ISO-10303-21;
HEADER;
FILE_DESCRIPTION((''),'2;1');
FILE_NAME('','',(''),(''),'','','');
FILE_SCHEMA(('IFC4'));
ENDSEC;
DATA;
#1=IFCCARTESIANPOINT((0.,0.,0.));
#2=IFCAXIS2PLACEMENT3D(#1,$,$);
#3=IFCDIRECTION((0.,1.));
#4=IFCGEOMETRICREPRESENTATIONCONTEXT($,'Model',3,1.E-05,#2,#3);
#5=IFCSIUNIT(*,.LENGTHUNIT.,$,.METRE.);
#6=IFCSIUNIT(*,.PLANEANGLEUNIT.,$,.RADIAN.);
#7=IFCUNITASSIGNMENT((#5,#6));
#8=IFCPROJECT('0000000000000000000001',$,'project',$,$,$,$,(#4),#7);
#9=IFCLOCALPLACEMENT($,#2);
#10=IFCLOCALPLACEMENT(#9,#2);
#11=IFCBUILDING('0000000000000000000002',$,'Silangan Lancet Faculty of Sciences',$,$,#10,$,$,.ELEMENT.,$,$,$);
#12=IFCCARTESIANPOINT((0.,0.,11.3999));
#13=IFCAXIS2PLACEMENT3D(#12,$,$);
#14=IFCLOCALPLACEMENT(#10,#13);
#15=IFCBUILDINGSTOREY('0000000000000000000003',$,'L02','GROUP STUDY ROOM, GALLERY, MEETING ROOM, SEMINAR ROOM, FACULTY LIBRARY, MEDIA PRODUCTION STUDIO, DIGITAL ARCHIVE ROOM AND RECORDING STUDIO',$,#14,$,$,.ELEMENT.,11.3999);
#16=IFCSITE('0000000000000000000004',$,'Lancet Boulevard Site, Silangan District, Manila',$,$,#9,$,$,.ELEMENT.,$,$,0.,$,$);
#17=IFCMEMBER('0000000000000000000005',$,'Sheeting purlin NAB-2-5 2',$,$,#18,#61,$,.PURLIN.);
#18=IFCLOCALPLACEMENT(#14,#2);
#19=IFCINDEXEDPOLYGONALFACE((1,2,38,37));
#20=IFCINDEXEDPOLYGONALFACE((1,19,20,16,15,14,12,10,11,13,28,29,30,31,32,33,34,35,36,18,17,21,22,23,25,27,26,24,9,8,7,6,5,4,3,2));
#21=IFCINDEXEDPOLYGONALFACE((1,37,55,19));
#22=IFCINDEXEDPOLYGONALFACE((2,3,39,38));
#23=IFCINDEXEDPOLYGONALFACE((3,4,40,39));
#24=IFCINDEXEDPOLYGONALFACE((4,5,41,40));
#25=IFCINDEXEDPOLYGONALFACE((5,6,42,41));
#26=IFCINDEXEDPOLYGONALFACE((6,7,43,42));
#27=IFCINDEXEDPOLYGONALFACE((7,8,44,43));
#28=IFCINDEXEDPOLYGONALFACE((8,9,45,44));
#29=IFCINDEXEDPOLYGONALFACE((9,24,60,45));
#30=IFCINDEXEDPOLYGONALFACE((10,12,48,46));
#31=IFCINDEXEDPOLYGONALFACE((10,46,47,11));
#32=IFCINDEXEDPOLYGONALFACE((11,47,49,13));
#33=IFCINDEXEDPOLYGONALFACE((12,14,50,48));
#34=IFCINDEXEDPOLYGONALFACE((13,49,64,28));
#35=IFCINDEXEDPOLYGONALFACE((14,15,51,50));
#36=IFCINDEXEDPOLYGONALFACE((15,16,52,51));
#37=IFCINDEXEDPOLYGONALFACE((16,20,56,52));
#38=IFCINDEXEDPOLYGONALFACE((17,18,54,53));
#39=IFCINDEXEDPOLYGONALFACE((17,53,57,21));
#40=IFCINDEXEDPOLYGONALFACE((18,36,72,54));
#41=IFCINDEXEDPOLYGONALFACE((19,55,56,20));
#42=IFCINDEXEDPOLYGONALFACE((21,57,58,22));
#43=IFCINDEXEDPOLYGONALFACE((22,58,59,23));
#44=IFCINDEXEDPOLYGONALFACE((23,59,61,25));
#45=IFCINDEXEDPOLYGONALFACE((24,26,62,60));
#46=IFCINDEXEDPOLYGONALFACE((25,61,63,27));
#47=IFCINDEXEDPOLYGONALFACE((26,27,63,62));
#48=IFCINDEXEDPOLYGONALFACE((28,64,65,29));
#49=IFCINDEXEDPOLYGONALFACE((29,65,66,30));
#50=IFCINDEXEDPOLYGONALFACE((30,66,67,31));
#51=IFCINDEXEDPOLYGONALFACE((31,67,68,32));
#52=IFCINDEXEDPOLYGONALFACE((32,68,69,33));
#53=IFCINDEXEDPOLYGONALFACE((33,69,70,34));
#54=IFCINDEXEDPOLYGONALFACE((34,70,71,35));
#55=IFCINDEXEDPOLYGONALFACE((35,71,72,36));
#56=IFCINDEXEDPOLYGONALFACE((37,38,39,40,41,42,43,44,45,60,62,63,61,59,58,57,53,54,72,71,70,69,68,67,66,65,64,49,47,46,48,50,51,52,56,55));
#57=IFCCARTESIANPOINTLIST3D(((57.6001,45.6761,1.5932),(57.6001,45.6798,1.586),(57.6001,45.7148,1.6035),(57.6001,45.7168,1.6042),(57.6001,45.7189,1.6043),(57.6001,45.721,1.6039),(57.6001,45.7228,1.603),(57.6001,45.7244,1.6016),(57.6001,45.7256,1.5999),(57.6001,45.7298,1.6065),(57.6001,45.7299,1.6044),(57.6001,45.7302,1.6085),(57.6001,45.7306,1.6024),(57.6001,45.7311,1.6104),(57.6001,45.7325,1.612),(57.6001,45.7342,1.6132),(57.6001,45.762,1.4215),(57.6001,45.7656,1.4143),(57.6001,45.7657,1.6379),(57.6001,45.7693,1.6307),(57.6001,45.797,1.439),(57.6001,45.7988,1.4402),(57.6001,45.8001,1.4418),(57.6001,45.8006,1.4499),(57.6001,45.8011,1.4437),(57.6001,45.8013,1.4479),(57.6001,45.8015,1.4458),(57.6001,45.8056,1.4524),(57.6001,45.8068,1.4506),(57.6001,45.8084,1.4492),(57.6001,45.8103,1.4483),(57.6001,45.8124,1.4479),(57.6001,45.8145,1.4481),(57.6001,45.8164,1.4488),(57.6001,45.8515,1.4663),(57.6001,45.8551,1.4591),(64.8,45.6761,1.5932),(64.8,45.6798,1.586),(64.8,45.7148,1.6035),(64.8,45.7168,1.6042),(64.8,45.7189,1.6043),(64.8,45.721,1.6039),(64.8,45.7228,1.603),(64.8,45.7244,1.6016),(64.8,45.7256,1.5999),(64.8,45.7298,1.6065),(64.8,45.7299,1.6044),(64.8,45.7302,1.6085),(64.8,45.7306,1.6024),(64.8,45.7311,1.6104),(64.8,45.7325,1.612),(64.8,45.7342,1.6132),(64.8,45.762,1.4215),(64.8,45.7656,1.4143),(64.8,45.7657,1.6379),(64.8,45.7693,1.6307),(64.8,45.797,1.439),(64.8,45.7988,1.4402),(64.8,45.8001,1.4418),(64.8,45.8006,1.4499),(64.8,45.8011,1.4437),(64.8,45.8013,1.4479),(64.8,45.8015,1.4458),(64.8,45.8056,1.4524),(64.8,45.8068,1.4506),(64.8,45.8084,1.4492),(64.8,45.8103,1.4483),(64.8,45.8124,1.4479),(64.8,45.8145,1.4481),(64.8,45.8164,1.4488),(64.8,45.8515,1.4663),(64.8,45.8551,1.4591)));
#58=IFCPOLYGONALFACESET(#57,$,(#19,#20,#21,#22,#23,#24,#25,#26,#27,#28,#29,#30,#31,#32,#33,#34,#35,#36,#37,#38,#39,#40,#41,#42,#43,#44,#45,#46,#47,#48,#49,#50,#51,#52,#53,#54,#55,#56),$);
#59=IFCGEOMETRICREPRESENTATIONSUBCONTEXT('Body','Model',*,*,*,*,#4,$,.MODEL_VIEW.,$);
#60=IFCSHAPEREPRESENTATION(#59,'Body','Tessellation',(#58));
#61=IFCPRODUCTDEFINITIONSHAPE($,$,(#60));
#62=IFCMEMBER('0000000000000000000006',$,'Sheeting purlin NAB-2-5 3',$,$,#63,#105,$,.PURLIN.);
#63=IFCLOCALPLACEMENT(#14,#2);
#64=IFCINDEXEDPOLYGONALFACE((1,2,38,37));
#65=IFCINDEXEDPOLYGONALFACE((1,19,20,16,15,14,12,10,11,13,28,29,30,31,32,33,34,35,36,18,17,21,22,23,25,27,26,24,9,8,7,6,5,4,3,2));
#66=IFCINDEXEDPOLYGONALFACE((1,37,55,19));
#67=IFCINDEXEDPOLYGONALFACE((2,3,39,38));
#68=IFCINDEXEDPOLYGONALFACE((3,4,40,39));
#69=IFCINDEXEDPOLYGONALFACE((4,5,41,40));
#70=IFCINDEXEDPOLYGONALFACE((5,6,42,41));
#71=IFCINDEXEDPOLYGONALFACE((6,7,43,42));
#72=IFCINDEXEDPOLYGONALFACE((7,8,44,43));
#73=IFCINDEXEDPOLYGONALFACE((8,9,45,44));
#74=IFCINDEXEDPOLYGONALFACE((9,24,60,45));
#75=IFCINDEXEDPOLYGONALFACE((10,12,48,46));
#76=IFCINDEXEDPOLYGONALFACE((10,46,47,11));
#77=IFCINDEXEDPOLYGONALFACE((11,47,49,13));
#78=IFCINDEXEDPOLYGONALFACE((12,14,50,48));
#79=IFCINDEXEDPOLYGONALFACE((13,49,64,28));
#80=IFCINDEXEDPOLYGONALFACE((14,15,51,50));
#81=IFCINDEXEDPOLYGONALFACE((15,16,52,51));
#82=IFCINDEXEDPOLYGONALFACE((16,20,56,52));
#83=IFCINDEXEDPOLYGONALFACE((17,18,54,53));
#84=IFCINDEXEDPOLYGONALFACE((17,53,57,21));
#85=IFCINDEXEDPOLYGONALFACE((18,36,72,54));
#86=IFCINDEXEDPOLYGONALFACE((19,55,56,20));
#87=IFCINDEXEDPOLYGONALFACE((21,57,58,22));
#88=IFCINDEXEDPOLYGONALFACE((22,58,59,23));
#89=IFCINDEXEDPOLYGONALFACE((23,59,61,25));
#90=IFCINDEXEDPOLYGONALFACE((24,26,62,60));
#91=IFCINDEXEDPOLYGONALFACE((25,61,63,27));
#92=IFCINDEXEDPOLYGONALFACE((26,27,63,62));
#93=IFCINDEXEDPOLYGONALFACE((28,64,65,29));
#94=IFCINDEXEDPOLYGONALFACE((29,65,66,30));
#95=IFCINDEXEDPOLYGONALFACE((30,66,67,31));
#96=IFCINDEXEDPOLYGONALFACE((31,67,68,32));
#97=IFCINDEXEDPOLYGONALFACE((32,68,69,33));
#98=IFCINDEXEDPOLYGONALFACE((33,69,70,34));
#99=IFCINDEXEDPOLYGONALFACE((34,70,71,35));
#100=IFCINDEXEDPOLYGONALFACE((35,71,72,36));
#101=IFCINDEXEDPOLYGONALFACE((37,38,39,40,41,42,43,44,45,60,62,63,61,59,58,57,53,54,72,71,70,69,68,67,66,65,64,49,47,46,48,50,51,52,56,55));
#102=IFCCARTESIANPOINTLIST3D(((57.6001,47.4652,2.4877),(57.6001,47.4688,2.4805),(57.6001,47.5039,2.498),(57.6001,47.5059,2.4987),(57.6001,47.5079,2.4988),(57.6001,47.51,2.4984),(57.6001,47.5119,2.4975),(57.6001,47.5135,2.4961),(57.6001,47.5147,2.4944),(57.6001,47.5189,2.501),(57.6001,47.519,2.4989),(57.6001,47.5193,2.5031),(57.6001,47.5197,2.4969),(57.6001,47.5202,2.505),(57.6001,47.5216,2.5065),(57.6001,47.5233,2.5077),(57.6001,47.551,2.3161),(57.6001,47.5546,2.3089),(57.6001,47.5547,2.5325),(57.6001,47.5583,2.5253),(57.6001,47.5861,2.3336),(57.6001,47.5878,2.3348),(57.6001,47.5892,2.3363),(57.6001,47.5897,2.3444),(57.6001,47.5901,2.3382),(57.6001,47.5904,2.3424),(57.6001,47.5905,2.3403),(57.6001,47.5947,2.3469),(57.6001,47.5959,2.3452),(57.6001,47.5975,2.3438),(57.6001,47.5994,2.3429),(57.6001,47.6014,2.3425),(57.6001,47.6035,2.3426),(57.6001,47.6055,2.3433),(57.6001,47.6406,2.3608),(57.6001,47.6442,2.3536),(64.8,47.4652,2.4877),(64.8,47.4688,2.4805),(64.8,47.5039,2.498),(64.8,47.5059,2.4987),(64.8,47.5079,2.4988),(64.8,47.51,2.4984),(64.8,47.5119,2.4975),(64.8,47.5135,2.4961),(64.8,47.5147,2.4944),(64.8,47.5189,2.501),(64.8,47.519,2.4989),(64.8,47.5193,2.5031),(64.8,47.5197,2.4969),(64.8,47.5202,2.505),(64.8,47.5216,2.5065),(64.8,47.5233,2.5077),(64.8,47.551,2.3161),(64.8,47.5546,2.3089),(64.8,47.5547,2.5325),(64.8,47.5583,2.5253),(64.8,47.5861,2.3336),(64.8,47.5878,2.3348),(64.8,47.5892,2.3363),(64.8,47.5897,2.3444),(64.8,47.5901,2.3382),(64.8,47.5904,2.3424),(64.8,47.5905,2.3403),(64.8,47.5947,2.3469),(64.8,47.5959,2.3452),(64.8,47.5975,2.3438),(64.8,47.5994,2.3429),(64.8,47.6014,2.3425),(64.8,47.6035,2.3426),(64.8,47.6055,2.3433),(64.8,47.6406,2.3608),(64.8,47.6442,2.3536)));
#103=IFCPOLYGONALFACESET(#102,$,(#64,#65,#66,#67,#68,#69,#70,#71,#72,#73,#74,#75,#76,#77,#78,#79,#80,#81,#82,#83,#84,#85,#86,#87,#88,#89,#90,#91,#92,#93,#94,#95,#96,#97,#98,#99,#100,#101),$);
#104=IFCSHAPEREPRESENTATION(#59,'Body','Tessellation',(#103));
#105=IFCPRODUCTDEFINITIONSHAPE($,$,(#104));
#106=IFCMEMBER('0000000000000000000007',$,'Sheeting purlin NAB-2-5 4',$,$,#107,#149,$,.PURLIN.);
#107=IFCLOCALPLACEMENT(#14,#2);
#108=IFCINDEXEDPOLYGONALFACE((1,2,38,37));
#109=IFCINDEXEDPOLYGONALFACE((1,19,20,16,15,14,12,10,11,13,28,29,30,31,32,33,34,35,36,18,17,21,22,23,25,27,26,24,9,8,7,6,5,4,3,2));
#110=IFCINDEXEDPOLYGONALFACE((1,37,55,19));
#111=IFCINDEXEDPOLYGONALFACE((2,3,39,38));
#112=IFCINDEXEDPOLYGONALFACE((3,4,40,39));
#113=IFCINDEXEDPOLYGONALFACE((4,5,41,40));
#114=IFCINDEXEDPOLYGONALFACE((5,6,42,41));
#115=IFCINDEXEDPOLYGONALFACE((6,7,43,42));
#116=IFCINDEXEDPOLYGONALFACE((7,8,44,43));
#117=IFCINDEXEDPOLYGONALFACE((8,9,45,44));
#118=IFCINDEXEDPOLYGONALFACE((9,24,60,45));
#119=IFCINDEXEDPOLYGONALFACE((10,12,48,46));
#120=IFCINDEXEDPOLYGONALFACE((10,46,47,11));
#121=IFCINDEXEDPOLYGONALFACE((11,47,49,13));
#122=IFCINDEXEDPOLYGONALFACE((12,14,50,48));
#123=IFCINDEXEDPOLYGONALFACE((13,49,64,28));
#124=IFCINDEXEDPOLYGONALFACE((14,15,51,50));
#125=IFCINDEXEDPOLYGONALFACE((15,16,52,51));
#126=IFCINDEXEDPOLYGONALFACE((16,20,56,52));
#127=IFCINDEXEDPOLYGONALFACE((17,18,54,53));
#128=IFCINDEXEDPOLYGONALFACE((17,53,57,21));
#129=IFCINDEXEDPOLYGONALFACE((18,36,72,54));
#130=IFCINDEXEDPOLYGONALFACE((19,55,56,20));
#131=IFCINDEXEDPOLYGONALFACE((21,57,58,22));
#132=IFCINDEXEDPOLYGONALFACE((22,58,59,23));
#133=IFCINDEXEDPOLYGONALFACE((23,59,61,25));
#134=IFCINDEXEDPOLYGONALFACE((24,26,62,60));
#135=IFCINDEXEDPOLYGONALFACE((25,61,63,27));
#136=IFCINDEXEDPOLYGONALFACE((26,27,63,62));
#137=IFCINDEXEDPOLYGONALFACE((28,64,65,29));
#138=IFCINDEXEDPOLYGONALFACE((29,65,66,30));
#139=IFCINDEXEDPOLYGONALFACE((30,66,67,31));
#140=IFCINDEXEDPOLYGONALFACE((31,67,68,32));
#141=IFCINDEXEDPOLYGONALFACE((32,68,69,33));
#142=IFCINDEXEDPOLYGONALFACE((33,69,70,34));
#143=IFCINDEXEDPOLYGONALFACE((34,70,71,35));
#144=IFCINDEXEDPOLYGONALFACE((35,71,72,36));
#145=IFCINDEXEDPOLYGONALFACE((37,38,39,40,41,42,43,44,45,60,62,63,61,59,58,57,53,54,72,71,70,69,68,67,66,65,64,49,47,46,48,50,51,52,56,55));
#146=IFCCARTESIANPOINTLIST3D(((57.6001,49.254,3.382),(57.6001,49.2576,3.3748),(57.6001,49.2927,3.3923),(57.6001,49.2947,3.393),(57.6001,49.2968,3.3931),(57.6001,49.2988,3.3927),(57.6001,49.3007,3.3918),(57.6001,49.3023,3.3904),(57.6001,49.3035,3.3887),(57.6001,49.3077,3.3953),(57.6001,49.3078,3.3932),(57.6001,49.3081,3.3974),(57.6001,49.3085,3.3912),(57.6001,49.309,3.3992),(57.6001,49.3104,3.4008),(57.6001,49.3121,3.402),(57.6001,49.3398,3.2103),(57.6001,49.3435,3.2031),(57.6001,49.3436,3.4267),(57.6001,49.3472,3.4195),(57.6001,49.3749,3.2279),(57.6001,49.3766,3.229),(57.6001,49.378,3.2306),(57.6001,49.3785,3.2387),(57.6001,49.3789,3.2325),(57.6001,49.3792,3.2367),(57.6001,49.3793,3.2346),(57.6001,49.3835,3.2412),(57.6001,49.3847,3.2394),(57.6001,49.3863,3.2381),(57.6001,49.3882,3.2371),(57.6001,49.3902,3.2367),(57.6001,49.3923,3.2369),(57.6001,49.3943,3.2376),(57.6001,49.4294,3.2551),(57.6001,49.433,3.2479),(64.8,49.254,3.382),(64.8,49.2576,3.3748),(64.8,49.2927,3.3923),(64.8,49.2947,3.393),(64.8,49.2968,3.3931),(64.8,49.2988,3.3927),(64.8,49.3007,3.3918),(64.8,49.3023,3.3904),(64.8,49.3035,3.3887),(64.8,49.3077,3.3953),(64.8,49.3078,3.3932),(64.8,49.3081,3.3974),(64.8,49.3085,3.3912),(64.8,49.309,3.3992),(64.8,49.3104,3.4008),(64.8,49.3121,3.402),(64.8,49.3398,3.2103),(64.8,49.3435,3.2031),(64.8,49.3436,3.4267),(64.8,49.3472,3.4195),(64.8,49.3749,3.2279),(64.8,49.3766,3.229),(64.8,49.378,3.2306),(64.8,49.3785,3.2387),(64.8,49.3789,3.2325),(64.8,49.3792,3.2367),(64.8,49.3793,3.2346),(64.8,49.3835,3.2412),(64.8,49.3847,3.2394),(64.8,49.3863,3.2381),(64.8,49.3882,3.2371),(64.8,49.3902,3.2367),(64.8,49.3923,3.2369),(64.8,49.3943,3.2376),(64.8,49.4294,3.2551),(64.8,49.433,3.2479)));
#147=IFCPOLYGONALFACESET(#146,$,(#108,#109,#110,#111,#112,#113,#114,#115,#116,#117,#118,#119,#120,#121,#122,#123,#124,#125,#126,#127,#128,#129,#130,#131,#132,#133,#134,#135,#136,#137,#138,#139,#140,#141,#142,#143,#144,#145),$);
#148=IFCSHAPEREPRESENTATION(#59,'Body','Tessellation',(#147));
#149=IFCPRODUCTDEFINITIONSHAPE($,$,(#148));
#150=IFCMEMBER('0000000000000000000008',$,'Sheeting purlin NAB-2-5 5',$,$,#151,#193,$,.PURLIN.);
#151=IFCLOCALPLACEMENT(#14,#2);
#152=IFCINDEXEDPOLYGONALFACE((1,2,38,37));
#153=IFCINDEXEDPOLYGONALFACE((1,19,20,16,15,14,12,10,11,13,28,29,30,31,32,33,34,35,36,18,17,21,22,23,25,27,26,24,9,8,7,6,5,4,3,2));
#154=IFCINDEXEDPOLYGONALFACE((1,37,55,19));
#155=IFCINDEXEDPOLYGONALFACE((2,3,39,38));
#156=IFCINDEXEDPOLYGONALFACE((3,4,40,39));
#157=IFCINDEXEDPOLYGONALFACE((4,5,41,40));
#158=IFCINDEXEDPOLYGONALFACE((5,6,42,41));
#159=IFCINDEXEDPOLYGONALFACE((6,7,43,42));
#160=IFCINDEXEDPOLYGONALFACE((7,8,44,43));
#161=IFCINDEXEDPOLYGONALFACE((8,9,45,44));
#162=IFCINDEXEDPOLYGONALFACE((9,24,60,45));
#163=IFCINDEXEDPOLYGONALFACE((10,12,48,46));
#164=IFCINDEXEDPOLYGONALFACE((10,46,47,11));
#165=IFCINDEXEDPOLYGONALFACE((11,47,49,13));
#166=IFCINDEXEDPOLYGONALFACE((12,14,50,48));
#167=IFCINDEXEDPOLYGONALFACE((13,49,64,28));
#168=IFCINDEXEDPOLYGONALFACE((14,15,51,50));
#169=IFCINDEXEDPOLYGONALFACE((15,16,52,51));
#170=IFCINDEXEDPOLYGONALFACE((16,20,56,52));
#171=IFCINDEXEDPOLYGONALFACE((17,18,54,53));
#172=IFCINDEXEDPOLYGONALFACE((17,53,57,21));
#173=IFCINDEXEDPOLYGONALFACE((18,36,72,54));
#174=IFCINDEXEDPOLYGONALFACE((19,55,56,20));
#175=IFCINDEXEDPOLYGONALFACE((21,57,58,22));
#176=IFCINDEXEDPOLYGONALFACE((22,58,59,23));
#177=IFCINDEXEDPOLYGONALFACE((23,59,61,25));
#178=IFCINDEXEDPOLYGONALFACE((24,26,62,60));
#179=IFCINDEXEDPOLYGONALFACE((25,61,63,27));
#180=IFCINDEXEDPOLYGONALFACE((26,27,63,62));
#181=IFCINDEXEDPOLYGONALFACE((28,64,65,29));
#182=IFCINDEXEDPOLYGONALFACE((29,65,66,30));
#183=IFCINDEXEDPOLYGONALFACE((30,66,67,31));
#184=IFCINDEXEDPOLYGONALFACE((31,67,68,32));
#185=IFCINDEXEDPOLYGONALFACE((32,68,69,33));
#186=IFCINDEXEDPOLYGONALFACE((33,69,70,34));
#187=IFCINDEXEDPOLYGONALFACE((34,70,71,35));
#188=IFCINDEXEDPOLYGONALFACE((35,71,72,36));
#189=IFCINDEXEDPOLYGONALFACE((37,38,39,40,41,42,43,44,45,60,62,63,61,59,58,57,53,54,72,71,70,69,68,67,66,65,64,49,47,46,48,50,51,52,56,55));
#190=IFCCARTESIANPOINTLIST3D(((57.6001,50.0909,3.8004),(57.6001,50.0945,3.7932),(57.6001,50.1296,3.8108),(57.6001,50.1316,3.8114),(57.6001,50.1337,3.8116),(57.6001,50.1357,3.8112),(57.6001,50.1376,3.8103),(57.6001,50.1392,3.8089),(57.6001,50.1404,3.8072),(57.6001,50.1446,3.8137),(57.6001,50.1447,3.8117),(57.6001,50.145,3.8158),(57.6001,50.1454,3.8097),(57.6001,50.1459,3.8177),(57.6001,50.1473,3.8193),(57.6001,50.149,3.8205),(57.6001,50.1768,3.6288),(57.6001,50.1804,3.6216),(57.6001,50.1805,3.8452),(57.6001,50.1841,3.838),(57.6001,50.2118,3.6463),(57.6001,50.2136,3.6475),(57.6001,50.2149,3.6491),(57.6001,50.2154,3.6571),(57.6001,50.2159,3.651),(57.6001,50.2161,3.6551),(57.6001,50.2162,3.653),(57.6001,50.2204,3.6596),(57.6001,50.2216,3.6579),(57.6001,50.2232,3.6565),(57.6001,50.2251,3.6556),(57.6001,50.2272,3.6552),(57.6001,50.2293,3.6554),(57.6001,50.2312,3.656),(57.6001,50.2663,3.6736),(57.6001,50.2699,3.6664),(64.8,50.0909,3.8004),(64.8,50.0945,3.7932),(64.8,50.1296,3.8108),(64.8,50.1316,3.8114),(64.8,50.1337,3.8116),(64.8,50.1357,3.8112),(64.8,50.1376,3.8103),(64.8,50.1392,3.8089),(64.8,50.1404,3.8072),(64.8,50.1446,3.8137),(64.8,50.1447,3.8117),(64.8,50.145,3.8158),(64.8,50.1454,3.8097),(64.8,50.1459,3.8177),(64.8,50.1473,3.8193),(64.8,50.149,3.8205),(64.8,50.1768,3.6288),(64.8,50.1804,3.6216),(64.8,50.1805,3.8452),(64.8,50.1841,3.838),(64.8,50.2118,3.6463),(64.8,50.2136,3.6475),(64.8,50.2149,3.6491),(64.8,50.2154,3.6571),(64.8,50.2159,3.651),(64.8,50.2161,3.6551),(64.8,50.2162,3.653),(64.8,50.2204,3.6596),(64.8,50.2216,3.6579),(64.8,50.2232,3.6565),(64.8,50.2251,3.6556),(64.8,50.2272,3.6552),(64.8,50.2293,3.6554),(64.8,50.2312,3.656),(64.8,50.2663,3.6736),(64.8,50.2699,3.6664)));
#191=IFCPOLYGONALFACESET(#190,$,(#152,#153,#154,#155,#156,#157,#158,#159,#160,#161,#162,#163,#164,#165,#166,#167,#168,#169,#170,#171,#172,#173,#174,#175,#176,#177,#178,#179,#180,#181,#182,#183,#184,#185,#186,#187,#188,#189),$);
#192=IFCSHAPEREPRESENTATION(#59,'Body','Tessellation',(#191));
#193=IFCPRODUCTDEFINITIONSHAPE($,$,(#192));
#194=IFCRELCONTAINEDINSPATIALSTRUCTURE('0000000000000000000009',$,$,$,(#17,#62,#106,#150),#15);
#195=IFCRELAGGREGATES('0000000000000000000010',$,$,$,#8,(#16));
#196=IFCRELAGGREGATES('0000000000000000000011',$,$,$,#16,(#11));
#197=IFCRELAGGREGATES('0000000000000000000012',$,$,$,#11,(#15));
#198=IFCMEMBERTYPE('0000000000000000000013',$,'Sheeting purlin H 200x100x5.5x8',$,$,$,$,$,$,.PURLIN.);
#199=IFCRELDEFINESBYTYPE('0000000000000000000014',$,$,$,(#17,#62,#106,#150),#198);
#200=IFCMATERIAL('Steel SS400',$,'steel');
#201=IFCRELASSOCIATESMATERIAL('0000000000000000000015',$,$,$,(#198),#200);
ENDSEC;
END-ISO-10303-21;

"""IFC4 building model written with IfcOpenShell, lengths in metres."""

from ifc_helpers import new_model, si_unit, direction, frame, origin, origin_2d, place, context, subcontext, project, spatial, i_section, extrude, material, material_profile, profile_set, type_object, element, save


model = new_model("IFC4")

# Units and contexts
model_context = context("Model", 3, precision=1e-05, world=origin(), true_north=direction((0.0, 1.0)))
body_context = subcontext(model_context, "Body", "Model", "MODEL_VIEW")
ifc_project = project(units=[si_unit("LENGTHUNIT", "METRE"), si_unit("PLANEANGLEUNIT", "RADIAN")], contexts=[model_context])

# Site, building, storey
site_placement = place(None, origin())
site = spatial("IfcSite", under=ifc_project, at=site_placement, Name="Lancet Boulevard Site, Silangan District, Manila", CompositionType="ELEMENT", RefElevation=0.0)
building_placement = place(site_placement, origin())
building = spatial("IfcBuilding", under=site, at=building_placement, Name="Silangan Lancet Faculty of Sciences", CompositionType="ELEMENT")
storey_placement = place(building_placement, frame((0.0, 0.0, 11.3999)))
storey = spatial("IfcBuildingStorey", under=building, at=storey_placement, Name="L02", Description="GROUP STUDY ROOM, GALLERY, MEETING ROOM, SEMINAR ROOM, FACULTY LIBRARY, MEDIA PRODUCTION STUDIO, DIGITAL ARCHIVE ROOM AND RECORDING STUDIO", CompositionType="ELEMENT", Elevation=11.3999)

# Members
ifc_material_1 = material(Name="Steel SS400", Category="steel")
ifc_material_profile_1 = material_profile(ifc_material_1, i_section(OverallWidth=0.1001, OverallDepth=0.2, WebThickness=0.0056, FlangeThickness=0.0081, FilletRadius=0.0081, at=origin_2d()), Name="H 200x100x5.5x8")
ifc_profile_set_1 = profile_set([ifc_material_profile_1], Name="Steel SS400")
member_type_1 = type_object("IfcMemberType", Name="Sheeting purlin H 200x100x5.5x8", PredefinedType="PURLIN", material=ifc_profile_set_1)
for number, where, z_axis, x_axis, name in (
    (1, (57.6001, 45.7656, 1.5261), (1.0, 0.0, 0.0), (0.0, 0.894427, 0.447214), "Sheeting purlin NAB-2-5 2"),
    (2, (57.6001, 47.5547, 2.4207), (1.0, 0.0, 0.0), (0.0, 0.894427, 0.447214), "Sheeting purlin NAB-2-5 3"),
    (3, (57.6001, 49.3435, 3.3149), (1.0, 0.0, 0.0), (0.0, 0.894427, 0.447214), "Sheeting purlin NAB-2-5 4"),
    (4, (57.6001, 50.1804, 3.7334), (1.0, 0.0, 0.0), (0.0, 0.894427, 0.447214), "Sheeting purlin NAB-2-5 5"),
):
    element("IfcMember", number, at=place(storey_placement, frame(where, z_axis=z_axis, x_axis=x_axis)), inside=storey, type_object=member_type_1, Name=name, PredefinedType="PURLIN", context=body_context, shape_type="SweptSolid", body=[
        extrude(i_section(OverallWidth=0.1001, OverallDepth=0.2, WebThickness=0.0056, FlangeThickness=0.0081, FilletRadius=0.0081, at=origin_2d()), origin(), (0.0, 0.0, 1.0), 7.2),
    ])

save(model, "model.ifc")
